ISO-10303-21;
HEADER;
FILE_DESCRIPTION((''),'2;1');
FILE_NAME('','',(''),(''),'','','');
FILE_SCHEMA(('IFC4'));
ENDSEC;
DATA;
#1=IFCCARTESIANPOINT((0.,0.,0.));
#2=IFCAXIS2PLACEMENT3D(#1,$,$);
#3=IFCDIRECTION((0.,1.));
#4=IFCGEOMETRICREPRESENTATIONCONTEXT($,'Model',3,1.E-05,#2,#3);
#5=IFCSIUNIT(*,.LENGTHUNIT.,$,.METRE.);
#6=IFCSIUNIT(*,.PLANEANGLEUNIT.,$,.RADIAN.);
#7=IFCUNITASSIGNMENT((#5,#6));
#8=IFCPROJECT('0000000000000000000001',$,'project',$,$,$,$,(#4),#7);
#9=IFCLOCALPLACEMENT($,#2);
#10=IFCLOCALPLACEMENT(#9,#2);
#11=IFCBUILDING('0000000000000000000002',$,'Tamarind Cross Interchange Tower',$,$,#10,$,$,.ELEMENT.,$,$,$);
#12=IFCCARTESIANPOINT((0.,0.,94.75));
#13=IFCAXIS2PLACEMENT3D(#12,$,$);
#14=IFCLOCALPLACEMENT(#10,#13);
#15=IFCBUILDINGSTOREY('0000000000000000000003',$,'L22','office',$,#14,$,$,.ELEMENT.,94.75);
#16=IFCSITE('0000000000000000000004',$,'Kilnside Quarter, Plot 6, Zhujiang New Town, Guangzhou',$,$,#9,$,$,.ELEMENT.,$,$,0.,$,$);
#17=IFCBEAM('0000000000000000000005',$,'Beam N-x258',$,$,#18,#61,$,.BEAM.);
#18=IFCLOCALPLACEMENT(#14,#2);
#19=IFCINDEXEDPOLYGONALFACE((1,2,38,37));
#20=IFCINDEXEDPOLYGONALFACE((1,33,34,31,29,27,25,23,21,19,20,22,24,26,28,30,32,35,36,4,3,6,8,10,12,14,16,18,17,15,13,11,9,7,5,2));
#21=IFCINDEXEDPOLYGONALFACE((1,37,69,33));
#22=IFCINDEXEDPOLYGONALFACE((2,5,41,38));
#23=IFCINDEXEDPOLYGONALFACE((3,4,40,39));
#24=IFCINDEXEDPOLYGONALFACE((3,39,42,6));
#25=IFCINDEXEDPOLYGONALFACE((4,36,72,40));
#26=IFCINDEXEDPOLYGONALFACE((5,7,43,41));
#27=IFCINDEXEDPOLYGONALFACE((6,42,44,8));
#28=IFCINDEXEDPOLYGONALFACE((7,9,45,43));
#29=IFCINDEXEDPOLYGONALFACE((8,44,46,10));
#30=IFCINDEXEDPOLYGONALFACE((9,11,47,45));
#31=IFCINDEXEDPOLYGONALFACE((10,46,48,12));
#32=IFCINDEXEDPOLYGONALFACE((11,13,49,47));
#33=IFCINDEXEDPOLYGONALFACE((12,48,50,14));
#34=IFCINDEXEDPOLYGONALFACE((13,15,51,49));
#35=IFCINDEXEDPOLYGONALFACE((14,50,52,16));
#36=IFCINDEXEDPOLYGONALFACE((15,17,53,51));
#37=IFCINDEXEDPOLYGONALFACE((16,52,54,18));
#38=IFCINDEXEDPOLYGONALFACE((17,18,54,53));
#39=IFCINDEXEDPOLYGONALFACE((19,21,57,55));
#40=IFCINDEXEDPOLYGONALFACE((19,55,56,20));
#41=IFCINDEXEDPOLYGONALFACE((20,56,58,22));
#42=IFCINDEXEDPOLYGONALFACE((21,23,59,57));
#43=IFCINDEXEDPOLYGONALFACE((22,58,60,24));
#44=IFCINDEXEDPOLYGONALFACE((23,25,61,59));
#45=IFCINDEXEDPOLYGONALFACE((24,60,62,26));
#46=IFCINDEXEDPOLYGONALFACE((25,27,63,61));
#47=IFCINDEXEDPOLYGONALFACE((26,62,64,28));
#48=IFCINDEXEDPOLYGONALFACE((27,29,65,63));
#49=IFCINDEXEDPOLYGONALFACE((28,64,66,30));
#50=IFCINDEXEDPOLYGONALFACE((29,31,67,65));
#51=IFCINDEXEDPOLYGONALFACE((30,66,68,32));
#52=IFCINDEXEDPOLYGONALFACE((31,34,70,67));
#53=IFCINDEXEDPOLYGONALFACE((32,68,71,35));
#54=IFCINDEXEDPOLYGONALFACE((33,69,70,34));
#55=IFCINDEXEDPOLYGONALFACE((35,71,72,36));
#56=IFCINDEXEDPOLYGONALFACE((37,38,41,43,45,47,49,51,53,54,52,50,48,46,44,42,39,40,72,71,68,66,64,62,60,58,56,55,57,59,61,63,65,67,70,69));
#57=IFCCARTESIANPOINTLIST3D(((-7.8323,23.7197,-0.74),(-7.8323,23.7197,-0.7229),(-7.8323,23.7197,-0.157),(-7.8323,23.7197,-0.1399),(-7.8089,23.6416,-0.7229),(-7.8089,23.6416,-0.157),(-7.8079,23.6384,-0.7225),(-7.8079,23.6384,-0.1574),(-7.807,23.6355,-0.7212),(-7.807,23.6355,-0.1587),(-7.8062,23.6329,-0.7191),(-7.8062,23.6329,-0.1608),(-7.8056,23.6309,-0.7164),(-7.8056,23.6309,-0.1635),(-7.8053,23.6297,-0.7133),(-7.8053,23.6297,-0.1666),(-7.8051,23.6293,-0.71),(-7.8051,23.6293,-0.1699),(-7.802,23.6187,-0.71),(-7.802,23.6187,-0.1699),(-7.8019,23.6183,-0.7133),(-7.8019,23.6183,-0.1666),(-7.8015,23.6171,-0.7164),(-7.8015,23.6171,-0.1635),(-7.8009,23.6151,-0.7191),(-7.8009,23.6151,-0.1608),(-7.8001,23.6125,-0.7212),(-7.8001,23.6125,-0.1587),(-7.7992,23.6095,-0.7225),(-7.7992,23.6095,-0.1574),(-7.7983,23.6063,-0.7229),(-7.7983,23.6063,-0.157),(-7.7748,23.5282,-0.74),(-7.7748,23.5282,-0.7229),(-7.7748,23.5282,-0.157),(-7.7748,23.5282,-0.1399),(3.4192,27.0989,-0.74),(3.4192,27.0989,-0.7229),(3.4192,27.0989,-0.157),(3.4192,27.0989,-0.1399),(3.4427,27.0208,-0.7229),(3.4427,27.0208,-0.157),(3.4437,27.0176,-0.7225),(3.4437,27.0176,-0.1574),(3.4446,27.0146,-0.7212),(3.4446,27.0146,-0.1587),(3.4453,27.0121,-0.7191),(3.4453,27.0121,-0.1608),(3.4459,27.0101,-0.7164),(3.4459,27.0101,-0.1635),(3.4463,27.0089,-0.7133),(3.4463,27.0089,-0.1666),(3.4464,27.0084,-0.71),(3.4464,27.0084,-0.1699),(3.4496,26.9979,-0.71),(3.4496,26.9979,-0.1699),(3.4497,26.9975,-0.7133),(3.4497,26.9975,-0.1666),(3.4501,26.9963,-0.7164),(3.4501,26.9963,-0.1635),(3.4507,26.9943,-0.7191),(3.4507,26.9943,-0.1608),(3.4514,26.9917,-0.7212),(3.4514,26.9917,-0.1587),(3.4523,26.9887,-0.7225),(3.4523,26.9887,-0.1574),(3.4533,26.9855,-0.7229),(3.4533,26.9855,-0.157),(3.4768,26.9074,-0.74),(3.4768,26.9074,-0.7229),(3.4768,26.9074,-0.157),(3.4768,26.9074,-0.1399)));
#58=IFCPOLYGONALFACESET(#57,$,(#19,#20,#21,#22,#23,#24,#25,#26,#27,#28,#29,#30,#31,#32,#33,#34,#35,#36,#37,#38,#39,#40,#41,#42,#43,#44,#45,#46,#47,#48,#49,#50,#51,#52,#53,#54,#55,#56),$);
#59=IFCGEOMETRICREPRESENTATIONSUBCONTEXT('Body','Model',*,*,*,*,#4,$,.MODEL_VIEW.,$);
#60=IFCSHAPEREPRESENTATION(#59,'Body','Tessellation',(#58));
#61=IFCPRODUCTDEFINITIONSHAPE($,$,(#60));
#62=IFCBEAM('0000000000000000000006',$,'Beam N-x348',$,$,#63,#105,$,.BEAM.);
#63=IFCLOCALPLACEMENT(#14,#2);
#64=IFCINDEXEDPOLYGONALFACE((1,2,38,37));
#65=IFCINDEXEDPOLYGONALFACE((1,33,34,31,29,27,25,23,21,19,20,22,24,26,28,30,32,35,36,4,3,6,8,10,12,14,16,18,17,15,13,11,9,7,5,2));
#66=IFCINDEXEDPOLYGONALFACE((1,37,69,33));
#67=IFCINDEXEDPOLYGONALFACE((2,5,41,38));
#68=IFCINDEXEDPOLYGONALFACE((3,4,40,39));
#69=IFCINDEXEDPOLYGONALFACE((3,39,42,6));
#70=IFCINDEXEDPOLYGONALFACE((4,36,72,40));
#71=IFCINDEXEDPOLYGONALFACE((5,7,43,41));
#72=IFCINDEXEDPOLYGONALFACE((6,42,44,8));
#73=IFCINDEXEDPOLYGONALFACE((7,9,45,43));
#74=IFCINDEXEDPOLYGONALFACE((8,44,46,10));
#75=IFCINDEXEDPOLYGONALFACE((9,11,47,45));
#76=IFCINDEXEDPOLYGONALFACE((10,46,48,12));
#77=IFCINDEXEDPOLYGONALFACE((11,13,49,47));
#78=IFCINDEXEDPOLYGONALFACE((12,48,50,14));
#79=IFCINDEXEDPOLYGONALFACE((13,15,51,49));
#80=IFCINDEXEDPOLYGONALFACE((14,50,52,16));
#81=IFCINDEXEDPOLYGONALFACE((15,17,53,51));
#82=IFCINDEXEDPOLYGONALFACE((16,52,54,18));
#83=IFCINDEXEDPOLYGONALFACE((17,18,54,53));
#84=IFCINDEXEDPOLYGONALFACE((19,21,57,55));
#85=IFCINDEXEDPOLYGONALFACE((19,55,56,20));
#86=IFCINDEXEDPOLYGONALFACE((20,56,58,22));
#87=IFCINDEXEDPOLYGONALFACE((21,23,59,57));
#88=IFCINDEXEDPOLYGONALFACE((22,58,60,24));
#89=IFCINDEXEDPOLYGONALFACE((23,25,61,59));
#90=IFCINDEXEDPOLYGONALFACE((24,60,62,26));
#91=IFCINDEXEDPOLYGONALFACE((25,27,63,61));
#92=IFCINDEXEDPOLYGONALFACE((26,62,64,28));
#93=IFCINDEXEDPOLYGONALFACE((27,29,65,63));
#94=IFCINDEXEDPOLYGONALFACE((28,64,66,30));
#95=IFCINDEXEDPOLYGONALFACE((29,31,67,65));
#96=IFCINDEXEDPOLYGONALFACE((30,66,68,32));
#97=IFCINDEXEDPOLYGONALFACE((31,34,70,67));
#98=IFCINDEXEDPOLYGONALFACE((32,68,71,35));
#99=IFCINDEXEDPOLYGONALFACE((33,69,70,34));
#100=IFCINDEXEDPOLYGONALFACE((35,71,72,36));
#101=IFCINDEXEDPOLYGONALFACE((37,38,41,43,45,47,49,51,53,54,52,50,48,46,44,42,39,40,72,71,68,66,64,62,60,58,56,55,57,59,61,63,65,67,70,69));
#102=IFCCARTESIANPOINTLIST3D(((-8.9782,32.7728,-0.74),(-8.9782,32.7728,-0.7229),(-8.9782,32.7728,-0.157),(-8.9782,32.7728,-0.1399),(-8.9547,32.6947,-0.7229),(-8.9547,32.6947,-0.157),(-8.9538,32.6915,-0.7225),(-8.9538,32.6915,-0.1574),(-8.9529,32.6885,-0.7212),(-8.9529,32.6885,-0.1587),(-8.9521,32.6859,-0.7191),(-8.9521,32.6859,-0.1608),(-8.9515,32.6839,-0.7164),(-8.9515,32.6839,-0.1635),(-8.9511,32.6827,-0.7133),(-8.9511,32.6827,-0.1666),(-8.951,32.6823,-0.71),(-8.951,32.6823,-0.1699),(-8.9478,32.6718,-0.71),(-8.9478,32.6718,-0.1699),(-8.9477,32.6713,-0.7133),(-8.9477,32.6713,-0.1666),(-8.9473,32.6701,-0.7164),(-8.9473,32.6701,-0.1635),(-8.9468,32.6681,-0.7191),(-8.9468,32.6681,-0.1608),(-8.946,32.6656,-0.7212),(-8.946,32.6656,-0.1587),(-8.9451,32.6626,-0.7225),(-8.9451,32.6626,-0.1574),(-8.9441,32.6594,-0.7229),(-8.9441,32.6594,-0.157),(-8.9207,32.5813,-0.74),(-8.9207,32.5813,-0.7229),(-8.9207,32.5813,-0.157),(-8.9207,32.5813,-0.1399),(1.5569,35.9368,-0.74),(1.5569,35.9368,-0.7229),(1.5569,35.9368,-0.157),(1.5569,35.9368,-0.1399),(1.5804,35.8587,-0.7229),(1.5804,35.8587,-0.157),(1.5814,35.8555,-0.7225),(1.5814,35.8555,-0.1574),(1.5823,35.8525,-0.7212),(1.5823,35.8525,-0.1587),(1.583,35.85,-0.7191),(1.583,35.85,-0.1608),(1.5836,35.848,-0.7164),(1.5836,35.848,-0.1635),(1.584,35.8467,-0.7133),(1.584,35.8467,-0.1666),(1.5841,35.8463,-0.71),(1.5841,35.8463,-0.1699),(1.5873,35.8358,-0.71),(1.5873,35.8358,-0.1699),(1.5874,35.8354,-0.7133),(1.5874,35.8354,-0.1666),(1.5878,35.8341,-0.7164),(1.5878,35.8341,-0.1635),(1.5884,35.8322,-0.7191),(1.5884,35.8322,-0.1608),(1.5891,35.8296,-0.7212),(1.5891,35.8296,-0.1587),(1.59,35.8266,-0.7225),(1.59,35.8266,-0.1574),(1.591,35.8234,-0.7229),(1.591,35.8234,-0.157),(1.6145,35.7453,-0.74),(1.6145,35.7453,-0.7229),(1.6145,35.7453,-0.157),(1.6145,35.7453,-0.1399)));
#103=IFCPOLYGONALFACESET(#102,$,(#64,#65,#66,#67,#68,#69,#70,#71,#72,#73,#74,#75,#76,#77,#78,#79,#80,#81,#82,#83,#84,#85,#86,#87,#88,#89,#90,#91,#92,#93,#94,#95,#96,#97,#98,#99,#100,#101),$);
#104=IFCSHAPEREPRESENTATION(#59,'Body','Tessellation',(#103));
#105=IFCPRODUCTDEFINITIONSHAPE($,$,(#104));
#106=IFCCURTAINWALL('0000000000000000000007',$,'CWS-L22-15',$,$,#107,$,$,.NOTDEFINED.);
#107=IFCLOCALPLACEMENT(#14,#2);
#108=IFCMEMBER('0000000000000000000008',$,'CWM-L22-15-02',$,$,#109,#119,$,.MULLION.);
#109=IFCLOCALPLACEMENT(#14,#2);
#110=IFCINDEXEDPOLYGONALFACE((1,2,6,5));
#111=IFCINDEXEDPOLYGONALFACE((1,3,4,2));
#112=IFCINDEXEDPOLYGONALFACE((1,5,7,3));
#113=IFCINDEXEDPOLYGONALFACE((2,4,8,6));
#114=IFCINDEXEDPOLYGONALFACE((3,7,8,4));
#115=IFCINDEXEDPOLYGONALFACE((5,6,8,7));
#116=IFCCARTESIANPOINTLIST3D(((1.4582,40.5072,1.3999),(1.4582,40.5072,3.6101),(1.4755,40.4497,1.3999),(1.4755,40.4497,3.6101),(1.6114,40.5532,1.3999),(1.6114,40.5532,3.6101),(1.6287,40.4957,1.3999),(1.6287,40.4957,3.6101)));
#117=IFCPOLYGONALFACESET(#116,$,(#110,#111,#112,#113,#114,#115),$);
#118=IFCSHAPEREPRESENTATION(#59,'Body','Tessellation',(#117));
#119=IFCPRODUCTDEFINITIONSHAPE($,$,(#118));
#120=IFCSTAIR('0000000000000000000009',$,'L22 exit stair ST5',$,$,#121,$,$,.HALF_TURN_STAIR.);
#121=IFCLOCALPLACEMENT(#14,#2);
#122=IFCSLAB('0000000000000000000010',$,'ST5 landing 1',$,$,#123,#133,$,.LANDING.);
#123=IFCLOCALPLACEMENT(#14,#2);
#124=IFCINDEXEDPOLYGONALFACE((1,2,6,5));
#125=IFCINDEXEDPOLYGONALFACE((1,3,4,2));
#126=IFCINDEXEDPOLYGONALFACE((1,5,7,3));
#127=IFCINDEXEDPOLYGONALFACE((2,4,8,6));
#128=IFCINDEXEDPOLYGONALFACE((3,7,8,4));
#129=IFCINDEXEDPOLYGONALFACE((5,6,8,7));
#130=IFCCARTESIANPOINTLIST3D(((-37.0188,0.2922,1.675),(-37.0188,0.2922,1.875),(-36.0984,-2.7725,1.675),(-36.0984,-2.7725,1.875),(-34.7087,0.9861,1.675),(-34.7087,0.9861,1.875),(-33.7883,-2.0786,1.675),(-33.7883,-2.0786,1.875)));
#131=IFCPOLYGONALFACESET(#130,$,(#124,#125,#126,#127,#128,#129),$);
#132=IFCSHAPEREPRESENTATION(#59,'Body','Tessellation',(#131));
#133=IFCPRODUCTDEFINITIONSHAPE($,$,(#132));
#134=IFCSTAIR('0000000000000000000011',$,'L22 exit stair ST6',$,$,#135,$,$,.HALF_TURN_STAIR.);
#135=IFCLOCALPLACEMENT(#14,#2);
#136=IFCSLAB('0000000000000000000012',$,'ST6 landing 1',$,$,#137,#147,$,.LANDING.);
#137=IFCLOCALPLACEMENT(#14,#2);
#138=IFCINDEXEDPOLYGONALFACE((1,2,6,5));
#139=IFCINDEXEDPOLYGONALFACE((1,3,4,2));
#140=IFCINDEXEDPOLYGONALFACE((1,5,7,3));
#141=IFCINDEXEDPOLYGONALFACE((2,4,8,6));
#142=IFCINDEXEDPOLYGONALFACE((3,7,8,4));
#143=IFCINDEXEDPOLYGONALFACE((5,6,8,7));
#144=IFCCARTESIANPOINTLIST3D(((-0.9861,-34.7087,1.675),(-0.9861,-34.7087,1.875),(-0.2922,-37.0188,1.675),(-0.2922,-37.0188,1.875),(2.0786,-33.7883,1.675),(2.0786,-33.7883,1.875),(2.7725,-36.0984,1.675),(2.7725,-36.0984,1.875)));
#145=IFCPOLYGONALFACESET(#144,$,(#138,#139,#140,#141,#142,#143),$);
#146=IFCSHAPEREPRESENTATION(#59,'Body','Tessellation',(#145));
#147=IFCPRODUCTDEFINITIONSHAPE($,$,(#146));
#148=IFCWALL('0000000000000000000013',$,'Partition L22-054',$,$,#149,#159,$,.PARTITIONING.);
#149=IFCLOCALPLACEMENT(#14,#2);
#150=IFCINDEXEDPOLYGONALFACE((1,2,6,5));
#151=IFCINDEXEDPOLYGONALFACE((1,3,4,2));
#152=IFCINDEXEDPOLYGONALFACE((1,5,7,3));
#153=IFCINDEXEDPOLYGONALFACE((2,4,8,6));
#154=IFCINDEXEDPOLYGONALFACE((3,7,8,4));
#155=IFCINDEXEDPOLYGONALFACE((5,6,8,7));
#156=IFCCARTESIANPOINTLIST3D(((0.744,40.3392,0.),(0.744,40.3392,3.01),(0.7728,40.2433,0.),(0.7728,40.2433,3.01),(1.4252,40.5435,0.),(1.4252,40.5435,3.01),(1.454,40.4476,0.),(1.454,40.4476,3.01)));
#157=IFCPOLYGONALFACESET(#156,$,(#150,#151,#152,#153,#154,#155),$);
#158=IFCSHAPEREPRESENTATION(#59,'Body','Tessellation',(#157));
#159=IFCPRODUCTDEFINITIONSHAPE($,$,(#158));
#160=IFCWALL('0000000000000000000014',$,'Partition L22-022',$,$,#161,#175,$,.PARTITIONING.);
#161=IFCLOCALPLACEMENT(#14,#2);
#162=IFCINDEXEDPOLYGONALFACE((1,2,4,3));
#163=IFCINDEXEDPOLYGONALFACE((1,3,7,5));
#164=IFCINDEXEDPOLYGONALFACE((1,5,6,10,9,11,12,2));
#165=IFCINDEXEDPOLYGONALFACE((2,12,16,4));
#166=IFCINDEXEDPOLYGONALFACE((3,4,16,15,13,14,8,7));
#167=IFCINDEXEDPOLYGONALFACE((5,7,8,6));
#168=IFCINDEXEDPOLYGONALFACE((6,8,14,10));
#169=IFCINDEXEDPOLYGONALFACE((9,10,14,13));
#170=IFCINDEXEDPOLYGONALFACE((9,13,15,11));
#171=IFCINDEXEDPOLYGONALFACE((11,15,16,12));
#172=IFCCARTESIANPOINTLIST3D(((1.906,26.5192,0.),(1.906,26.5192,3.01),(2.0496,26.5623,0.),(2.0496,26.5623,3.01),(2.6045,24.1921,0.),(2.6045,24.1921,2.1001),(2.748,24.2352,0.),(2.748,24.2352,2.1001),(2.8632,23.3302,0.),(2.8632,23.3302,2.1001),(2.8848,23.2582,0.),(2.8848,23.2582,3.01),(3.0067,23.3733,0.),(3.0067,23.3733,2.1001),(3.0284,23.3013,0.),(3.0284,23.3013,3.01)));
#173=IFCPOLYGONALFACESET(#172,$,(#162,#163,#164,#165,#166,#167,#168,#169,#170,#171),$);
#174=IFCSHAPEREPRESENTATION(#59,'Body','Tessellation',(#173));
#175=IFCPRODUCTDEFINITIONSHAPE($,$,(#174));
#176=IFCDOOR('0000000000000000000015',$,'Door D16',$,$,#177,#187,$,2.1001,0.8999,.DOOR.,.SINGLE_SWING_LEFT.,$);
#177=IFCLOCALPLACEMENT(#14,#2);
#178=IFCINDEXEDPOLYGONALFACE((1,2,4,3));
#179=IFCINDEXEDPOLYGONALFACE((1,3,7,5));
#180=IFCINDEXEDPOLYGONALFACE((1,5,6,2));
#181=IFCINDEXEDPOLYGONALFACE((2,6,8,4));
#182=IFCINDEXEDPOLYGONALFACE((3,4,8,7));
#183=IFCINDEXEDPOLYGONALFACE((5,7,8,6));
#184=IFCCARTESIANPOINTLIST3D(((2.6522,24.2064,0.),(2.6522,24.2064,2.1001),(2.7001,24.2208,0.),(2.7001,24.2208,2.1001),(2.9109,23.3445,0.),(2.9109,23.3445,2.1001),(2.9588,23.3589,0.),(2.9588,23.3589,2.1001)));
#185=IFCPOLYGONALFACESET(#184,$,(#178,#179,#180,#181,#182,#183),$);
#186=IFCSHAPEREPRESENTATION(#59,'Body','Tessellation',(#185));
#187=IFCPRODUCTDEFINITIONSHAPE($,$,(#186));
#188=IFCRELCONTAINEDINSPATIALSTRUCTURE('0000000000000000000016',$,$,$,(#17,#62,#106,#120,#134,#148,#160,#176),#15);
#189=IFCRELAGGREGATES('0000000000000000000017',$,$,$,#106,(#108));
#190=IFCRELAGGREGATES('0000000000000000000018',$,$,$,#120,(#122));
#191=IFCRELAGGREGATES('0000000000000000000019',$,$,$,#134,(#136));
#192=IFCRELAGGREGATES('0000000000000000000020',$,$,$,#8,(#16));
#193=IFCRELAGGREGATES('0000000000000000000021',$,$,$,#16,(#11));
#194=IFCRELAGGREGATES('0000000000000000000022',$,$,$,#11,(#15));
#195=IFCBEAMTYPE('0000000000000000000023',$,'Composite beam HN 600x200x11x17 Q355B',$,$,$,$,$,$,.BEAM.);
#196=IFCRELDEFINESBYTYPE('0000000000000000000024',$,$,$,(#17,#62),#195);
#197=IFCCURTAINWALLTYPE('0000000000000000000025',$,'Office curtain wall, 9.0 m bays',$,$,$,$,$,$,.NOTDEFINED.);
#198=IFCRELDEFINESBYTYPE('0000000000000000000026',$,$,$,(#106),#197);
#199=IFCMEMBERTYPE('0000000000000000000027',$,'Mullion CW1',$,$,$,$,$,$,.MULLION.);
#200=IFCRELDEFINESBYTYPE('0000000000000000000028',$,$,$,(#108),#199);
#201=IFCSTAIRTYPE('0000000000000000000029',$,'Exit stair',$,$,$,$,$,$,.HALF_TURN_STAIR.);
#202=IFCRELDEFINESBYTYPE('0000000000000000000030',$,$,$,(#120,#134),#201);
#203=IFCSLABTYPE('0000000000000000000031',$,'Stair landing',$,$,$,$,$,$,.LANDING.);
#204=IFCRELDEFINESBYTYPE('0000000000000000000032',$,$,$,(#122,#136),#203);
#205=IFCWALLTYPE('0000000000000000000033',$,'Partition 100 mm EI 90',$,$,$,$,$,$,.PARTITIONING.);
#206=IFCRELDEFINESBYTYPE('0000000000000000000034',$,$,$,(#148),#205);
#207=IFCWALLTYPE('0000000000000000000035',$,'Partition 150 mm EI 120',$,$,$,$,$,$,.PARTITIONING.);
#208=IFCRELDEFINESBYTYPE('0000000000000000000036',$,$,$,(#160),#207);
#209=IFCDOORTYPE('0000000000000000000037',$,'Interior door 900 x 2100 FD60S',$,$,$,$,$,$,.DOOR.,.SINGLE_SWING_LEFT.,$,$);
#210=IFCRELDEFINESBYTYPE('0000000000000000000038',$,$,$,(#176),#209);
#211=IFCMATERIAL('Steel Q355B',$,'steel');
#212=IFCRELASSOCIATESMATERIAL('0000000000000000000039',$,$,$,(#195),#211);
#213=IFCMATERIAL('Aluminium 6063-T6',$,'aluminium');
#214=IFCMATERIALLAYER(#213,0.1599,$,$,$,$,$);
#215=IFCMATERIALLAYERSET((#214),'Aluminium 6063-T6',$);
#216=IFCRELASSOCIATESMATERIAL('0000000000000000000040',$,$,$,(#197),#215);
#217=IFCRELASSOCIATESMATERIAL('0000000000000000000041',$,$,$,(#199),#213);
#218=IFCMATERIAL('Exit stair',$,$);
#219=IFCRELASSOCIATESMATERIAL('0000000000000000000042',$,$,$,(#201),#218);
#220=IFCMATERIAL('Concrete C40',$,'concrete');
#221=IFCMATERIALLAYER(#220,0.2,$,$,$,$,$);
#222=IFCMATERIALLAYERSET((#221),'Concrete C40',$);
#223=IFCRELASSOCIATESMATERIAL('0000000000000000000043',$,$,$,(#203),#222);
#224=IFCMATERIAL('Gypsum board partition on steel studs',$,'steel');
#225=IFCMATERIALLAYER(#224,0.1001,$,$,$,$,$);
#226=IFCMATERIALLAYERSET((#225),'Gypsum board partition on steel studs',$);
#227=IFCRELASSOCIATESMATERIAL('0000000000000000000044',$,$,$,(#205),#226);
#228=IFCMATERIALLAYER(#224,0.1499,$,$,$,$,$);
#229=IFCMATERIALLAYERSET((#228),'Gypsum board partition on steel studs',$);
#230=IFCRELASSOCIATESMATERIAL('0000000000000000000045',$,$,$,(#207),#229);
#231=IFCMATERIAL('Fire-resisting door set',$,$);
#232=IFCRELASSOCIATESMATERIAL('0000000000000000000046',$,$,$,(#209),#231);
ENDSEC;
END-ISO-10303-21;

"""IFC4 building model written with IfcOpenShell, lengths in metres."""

from ifc_helpers import new_model, si_unit, direction, frame, frame_2d, origin, origin_2d, place, context, subcontext, project, spatial, polyline, rectangle, i_section, outline, extrude, material, layer, layer_set, material_profile, profile_set, type_object, element, fill, aggregate, save


model = new_model("IFC4")

# Units and contexts
model_context = context("Model", 3, precision=1e-05, world=origin(), true_north=direction((0.0, 1.0)))
body_context = subcontext(model_context, "Body", "Model", "MODEL_VIEW")
ifc_project = project(units=[si_unit("LENGTHUNIT", "METRE"), si_unit("PLANEANGLEUNIT", "RADIAN")], contexts=[model_context])

# Site, building, storey
site_placement = place(None, origin())
site = spatial("IfcSite", under=ifc_project, at=site_placement, Name="Kilnside Quarter, Plot 6, Zhujiang New Town, Guangzhou", CompositionType="ELEMENT", RefElevation=0.0)
building_placement = place(site_placement, origin())
building = spatial("IfcBuilding", under=site, at=building_placement, Name="Tamarind Cross Interchange Tower", CompositionType="ELEMENT")
storey_placement = place(building_placement, frame((0.0, 0.0, 94.75)))
storey = spatial("IfcBuildingStorey", under=building, at=storey_placement, Name="L22", Description="office", CompositionType="ELEMENT", Elevation=94.75)

# Beams
ifc_material_1 = material(Name="Steel Q355B", Category="steel")
ifc_material_profile_1 = material_profile(ifc_material_1, i_section(OverallWidth=0.2, OverallDepth=0.6001, WebThickness=0.011, FlangeThickness=0.0171, FilletRadius=0.0129, at=origin_2d()), Name="HN 600x200x11x17")
ifc_profile_set_1 = profile_set([ifc_material_profile_1], Name="Steel Q355B")
beam_type_1 = type_object("IfcBeamType", Name="Composite beam HN 600x200x11x17 Q355B", PredefinedType="BEAM", material=ifc_profile_set_1)
beam_1_placement = place(storey_placement, frame((3.448, 27.0032, -0.4399), z_axis=(-0.957739, -0.287638, 0.0), x_axis=(0.287638, -0.957739, 0.0)))
element("IfcBeam", 1, at=beam_1_placement, inside=storey, type_object=beam_type_1, Name="Beam N-x258", PredefinedType="BEAM", context=body_context, shape_type="SweptSolid", body=[
    extrude(i_section(OverallWidth=0.2, OverallDepth=0.6001, WebThickness=0.011, FlangeThickness=0.0171, FilletRadius=0.0129, at=origin_2d()), origin(), (0.0, 0.0, 1.0), 11.748),
])
beam_2_placement = place(storey_placement, frame((1.5857, 35.8411, -0.4399), z_axis=(-0.957738, -0.287641, 0.0), x_axis=(0.287641, -0.957738, 0.0)))
element("IfcBeam", 2, at=beam_2_placement, inside=storey, type_object=beam_type_1, Name="Beam N-x348", PredefinedType="BEAM", context=body_context, shape_type="SweptSolid", body=[
    extrude(i_section(OverallWidth=0.2, OverallDepth=0.6001, WebThickness=0.011, FlangeThickness=0.0171, FilletRadius=0.0129, at=origin_2d()), origin(), (0.0, 0.0, 1.0), 11.0),
])

# Curtain wall, member
ifc_material_2 = material(Name="Aluminium 6063-T6", Category="aluminium")
ifc_layer_1 = layer(ifc_material_2, 0.1599)
ifc_layer_set_1 = layer_set([ifc_layer_1], Name="Aluminium 6063-T6")
curtain_wall_type = type_object("IfcCurtainWallType", Name="Office curtain wall, 9.0 m bays", PredefinedType="NOTDEFINED", material=ifc_layer_set_1)
curtain_wall_placement = place(storey_placement, origin())
curtain_wall = element("IfcCurtainWall", 3, at=curtain_wall_placement, inside=storey, type_object=curtain_wall_type, Name="CWS-L22-15", PredefinedType="NOTDEFINED")
ifc_material_profile_2 = material_profile(ifc_material_2, rectangle(XDim=0.0601, YDim=0.1599, at=origin_2d()), Name="Mullion CW1")
ifc_profile_set_2 = profile_set([ifc_material_profile_2], Name="Aluminium 6063-T6")
member_type = type_object("IfcMemberType", Name="Mullion CW1", PredefinedType="MULLION", material=ifc_profile_set_2)
member_placement = place(storey_placement, frame((1.5435, 40.5015, 1.3999), z_axis=(0.0, 0.0, 1.0), x_axis=(-0.287641, 0.957738, 0.0)))
member = element("IfcMember", 4, at=member_placement, type_object=member_type, Name="CWM-L22-15-02", PredefinedType="MULLION", context=body_context, shape_type="SweptSolid", body=[
    extrude(rectangle(XDim=0.0601, YDim=0.1599, at=origin_2d()), origin(), (0.0, 0.0, 1.0), 2.2102),
])
aggregate(curtain_wall, [member])

# Stairs, slabs
ifc_material_3 = material(Name="Exit stair")
stair_type = type_object("IfcStairType", Name="Exit stair", PredefinedType="HALF_TURN_STAIR", material=ifc_material_3)
stair_1_placement = place(storey_placement, origin())
stair_1 = element("IfcStair", 5, at=stair_1_placement, inside=storey, type_object=stair_type, Name="L22 exit stair ST5", PredefinedType="HALF_TURN_STAIR")
ifc_material_4 = material(Name="Concrete C40", Category="concrete")
ifc_layer_2 = layer(ifc_material_4, 0.2)
ifc_layer_set_2 = layer_set([ifc_layer_2], Name="Concrete C40")
slab_type = type_object("IfcSlabType", Name="Stair landing", PredefinedType="LANDING", material=ifc_layer_set_2)
slab_1_placement = place(storey_placement, frame((0.0, 0.0, 1.675)))
slab_1 = element("IfcSlab", 6, at=slab_1_placement, type_object=slab_type, Name="ST5 landing 1", PredefinedType="LANDING", context=body_context, shape_type="SweptSolid", body=[
    extrude(outline(polyline([(-34.7087, 0.9861), (-37.0188, 0.2922), (-36.0984, -2.7725), (-33.7883, -2.0786), (-34.7087, 0.9861)])), origin(), (0.0, 0.0, 1.0), 0.2),
])
aggregate(stair_1, [slab_1])
stair_2_placement = place(storey_placement, origin())
stair_2 = element("IfcStair", 7, at=stair_2_placement, inside=storey, type_object=stair_type, Name="L22 exit stair ST6", PredefinedType="HALF_TURN_STAIR")
slab_2_placement = place(storey_placement, frame((0.0, 0.0, 1.675)))
slab_2 = element("IfcSlab", 8, at=slab_2_placement, type_object=slab_type, Name="ST6 landing 1", PredefinedType="LANDING", context=body_context, shape_type="SweptSolid", body=[
    extrude(outline(polyline([(-0.9861, -34.7087), (-0.2922, -37.0188), (2.7725, -36.0984), (2.0786, -33.7883), (-0.9861, -34.7087)])), origin(), (0.0, 0.0, 1.0), 0.2),
])
aggregate(stair_2, [slab_2])

# Wall
ifc_material_5 = material(Name="Gypsum board partition on steel studs", Category="steel")
ifc_layer_3 = layer(ifc_material_5, 0.1001)
ifc_layer_set_3 = layer_set([ifc_layer_3], Name="Gypsum board partition on steel studs")
wall_type_1 = type_object("IfcWallType", Name="Partition 100 mm EI 90", PredefinedType="PARTITIONING", material=ifc_layer_set_3)
wall_1_placement = place(storey_placement, frame((0.7585, 40.2913, 0.0), z_axis=(0.0, 0.0, 1.0), x_axis=(0.957826, 0.287348, 0.0)))
element("IfcWall", 9, at=wall_1_placement, inside=storey, type_object=wall_type_1, Name="Partition L22-054", PredefinedType="PARTITIONING", context=body_context, shape_type="SweptSolid", body=[
    extrude(rectangle(XDim=0.7112, YDim=0.1001, at=frame_2d((0.3555, 0.0))), origin(), (0.0, 0.0, 1.0), 3.01),
])

# Wall, opening, door
ifc_layer_4 = layer(ifc_material_5, 0.1499)
ifc_layer_set_4 = layer_set([ifc_layer_4], Name="Gypsum board partition on steel studs")
wall_type_2 = type_object("IfcWallType", Name="Partition 150 mm EI 120", PredefinedType="PARTITIONING", material=ifc_layer_set_4)
wall_2_placement = place(storey_placement, frame((1.9778, 26.5408, 0.0), z_axis=(0.0, 0.0, 1.0), x_axis=(0.287473, -0.957789, 0.0)))
wall_2 = element("IfcWall", 10, at=wall_2_placement, inside=storey, type_object=wall_type_2, Name="Partition L22-022", PredefinedType="PARTITIONING", context=body_context, shape_type="SweptSolid", body=[
    extrude(rectangle(XDim=3.4048, YDim=0.1499, at=frame_2d((1.7024, 0.0))), origin(), (0.0, 0.0, 1.0), 3.01),
])
opening_1_placement = place(wall_2_placement, frame((2.4297, 0.0, 0.0)))
opening_1 = element("IfcOpeningElement", 11, at=opening_1_placement, cuts=wall_2, PredefinedType="OPENING", context=body_context, shape_type="SweptSolid", body=[
    extrude(rectangle(XDim=0.8999, YDim=2.1001, at=frame_2d((0.45, 1.05))), frame((0.0, 0.085, 0.0), z_axis=(0.0, -1.0, 0.0), x_axis=(1.0, 0.0, 0.0)), (0.0, 0.0, 1.0), 0.1699),
])
ifc_material_6 = material(Name="Fire-resisting door set")
door_type = type_object("IfcDoorType", Name="Interior door 900 x 2100 FD60S", OperationType="SINGLE_SWING_LEFT", PredefinedType="DOOR", material=ifc_material_6)
door_1_placement = place(opening_1_placement, origin())
door_1 = element("IfcDoor", 12, at=door_1_placement, inside=storey, type_object=door_type, Name="Door D16", OperationType="SINGLE_SWING_LEFT", OverallHeight=2.1001, OverallWidth=0.8999, PredefinedType="DOOR", context=body_context, shape_type="SweptSolid", body=[
    extrude(rectangle(XDim=0.8999, YDim=2.1001, at=frame_2d((0.45, 1.05))), frame((0.0, 0.0249, 0.0), z_axis=(0.0, -1.0, 0.0), x_axis=(1.0, 0.0, 0.0)), (0.0, 0.0, 1.0), 0.05),
])
fill(opening_1, door_1)

save(model, "model.ifc")
